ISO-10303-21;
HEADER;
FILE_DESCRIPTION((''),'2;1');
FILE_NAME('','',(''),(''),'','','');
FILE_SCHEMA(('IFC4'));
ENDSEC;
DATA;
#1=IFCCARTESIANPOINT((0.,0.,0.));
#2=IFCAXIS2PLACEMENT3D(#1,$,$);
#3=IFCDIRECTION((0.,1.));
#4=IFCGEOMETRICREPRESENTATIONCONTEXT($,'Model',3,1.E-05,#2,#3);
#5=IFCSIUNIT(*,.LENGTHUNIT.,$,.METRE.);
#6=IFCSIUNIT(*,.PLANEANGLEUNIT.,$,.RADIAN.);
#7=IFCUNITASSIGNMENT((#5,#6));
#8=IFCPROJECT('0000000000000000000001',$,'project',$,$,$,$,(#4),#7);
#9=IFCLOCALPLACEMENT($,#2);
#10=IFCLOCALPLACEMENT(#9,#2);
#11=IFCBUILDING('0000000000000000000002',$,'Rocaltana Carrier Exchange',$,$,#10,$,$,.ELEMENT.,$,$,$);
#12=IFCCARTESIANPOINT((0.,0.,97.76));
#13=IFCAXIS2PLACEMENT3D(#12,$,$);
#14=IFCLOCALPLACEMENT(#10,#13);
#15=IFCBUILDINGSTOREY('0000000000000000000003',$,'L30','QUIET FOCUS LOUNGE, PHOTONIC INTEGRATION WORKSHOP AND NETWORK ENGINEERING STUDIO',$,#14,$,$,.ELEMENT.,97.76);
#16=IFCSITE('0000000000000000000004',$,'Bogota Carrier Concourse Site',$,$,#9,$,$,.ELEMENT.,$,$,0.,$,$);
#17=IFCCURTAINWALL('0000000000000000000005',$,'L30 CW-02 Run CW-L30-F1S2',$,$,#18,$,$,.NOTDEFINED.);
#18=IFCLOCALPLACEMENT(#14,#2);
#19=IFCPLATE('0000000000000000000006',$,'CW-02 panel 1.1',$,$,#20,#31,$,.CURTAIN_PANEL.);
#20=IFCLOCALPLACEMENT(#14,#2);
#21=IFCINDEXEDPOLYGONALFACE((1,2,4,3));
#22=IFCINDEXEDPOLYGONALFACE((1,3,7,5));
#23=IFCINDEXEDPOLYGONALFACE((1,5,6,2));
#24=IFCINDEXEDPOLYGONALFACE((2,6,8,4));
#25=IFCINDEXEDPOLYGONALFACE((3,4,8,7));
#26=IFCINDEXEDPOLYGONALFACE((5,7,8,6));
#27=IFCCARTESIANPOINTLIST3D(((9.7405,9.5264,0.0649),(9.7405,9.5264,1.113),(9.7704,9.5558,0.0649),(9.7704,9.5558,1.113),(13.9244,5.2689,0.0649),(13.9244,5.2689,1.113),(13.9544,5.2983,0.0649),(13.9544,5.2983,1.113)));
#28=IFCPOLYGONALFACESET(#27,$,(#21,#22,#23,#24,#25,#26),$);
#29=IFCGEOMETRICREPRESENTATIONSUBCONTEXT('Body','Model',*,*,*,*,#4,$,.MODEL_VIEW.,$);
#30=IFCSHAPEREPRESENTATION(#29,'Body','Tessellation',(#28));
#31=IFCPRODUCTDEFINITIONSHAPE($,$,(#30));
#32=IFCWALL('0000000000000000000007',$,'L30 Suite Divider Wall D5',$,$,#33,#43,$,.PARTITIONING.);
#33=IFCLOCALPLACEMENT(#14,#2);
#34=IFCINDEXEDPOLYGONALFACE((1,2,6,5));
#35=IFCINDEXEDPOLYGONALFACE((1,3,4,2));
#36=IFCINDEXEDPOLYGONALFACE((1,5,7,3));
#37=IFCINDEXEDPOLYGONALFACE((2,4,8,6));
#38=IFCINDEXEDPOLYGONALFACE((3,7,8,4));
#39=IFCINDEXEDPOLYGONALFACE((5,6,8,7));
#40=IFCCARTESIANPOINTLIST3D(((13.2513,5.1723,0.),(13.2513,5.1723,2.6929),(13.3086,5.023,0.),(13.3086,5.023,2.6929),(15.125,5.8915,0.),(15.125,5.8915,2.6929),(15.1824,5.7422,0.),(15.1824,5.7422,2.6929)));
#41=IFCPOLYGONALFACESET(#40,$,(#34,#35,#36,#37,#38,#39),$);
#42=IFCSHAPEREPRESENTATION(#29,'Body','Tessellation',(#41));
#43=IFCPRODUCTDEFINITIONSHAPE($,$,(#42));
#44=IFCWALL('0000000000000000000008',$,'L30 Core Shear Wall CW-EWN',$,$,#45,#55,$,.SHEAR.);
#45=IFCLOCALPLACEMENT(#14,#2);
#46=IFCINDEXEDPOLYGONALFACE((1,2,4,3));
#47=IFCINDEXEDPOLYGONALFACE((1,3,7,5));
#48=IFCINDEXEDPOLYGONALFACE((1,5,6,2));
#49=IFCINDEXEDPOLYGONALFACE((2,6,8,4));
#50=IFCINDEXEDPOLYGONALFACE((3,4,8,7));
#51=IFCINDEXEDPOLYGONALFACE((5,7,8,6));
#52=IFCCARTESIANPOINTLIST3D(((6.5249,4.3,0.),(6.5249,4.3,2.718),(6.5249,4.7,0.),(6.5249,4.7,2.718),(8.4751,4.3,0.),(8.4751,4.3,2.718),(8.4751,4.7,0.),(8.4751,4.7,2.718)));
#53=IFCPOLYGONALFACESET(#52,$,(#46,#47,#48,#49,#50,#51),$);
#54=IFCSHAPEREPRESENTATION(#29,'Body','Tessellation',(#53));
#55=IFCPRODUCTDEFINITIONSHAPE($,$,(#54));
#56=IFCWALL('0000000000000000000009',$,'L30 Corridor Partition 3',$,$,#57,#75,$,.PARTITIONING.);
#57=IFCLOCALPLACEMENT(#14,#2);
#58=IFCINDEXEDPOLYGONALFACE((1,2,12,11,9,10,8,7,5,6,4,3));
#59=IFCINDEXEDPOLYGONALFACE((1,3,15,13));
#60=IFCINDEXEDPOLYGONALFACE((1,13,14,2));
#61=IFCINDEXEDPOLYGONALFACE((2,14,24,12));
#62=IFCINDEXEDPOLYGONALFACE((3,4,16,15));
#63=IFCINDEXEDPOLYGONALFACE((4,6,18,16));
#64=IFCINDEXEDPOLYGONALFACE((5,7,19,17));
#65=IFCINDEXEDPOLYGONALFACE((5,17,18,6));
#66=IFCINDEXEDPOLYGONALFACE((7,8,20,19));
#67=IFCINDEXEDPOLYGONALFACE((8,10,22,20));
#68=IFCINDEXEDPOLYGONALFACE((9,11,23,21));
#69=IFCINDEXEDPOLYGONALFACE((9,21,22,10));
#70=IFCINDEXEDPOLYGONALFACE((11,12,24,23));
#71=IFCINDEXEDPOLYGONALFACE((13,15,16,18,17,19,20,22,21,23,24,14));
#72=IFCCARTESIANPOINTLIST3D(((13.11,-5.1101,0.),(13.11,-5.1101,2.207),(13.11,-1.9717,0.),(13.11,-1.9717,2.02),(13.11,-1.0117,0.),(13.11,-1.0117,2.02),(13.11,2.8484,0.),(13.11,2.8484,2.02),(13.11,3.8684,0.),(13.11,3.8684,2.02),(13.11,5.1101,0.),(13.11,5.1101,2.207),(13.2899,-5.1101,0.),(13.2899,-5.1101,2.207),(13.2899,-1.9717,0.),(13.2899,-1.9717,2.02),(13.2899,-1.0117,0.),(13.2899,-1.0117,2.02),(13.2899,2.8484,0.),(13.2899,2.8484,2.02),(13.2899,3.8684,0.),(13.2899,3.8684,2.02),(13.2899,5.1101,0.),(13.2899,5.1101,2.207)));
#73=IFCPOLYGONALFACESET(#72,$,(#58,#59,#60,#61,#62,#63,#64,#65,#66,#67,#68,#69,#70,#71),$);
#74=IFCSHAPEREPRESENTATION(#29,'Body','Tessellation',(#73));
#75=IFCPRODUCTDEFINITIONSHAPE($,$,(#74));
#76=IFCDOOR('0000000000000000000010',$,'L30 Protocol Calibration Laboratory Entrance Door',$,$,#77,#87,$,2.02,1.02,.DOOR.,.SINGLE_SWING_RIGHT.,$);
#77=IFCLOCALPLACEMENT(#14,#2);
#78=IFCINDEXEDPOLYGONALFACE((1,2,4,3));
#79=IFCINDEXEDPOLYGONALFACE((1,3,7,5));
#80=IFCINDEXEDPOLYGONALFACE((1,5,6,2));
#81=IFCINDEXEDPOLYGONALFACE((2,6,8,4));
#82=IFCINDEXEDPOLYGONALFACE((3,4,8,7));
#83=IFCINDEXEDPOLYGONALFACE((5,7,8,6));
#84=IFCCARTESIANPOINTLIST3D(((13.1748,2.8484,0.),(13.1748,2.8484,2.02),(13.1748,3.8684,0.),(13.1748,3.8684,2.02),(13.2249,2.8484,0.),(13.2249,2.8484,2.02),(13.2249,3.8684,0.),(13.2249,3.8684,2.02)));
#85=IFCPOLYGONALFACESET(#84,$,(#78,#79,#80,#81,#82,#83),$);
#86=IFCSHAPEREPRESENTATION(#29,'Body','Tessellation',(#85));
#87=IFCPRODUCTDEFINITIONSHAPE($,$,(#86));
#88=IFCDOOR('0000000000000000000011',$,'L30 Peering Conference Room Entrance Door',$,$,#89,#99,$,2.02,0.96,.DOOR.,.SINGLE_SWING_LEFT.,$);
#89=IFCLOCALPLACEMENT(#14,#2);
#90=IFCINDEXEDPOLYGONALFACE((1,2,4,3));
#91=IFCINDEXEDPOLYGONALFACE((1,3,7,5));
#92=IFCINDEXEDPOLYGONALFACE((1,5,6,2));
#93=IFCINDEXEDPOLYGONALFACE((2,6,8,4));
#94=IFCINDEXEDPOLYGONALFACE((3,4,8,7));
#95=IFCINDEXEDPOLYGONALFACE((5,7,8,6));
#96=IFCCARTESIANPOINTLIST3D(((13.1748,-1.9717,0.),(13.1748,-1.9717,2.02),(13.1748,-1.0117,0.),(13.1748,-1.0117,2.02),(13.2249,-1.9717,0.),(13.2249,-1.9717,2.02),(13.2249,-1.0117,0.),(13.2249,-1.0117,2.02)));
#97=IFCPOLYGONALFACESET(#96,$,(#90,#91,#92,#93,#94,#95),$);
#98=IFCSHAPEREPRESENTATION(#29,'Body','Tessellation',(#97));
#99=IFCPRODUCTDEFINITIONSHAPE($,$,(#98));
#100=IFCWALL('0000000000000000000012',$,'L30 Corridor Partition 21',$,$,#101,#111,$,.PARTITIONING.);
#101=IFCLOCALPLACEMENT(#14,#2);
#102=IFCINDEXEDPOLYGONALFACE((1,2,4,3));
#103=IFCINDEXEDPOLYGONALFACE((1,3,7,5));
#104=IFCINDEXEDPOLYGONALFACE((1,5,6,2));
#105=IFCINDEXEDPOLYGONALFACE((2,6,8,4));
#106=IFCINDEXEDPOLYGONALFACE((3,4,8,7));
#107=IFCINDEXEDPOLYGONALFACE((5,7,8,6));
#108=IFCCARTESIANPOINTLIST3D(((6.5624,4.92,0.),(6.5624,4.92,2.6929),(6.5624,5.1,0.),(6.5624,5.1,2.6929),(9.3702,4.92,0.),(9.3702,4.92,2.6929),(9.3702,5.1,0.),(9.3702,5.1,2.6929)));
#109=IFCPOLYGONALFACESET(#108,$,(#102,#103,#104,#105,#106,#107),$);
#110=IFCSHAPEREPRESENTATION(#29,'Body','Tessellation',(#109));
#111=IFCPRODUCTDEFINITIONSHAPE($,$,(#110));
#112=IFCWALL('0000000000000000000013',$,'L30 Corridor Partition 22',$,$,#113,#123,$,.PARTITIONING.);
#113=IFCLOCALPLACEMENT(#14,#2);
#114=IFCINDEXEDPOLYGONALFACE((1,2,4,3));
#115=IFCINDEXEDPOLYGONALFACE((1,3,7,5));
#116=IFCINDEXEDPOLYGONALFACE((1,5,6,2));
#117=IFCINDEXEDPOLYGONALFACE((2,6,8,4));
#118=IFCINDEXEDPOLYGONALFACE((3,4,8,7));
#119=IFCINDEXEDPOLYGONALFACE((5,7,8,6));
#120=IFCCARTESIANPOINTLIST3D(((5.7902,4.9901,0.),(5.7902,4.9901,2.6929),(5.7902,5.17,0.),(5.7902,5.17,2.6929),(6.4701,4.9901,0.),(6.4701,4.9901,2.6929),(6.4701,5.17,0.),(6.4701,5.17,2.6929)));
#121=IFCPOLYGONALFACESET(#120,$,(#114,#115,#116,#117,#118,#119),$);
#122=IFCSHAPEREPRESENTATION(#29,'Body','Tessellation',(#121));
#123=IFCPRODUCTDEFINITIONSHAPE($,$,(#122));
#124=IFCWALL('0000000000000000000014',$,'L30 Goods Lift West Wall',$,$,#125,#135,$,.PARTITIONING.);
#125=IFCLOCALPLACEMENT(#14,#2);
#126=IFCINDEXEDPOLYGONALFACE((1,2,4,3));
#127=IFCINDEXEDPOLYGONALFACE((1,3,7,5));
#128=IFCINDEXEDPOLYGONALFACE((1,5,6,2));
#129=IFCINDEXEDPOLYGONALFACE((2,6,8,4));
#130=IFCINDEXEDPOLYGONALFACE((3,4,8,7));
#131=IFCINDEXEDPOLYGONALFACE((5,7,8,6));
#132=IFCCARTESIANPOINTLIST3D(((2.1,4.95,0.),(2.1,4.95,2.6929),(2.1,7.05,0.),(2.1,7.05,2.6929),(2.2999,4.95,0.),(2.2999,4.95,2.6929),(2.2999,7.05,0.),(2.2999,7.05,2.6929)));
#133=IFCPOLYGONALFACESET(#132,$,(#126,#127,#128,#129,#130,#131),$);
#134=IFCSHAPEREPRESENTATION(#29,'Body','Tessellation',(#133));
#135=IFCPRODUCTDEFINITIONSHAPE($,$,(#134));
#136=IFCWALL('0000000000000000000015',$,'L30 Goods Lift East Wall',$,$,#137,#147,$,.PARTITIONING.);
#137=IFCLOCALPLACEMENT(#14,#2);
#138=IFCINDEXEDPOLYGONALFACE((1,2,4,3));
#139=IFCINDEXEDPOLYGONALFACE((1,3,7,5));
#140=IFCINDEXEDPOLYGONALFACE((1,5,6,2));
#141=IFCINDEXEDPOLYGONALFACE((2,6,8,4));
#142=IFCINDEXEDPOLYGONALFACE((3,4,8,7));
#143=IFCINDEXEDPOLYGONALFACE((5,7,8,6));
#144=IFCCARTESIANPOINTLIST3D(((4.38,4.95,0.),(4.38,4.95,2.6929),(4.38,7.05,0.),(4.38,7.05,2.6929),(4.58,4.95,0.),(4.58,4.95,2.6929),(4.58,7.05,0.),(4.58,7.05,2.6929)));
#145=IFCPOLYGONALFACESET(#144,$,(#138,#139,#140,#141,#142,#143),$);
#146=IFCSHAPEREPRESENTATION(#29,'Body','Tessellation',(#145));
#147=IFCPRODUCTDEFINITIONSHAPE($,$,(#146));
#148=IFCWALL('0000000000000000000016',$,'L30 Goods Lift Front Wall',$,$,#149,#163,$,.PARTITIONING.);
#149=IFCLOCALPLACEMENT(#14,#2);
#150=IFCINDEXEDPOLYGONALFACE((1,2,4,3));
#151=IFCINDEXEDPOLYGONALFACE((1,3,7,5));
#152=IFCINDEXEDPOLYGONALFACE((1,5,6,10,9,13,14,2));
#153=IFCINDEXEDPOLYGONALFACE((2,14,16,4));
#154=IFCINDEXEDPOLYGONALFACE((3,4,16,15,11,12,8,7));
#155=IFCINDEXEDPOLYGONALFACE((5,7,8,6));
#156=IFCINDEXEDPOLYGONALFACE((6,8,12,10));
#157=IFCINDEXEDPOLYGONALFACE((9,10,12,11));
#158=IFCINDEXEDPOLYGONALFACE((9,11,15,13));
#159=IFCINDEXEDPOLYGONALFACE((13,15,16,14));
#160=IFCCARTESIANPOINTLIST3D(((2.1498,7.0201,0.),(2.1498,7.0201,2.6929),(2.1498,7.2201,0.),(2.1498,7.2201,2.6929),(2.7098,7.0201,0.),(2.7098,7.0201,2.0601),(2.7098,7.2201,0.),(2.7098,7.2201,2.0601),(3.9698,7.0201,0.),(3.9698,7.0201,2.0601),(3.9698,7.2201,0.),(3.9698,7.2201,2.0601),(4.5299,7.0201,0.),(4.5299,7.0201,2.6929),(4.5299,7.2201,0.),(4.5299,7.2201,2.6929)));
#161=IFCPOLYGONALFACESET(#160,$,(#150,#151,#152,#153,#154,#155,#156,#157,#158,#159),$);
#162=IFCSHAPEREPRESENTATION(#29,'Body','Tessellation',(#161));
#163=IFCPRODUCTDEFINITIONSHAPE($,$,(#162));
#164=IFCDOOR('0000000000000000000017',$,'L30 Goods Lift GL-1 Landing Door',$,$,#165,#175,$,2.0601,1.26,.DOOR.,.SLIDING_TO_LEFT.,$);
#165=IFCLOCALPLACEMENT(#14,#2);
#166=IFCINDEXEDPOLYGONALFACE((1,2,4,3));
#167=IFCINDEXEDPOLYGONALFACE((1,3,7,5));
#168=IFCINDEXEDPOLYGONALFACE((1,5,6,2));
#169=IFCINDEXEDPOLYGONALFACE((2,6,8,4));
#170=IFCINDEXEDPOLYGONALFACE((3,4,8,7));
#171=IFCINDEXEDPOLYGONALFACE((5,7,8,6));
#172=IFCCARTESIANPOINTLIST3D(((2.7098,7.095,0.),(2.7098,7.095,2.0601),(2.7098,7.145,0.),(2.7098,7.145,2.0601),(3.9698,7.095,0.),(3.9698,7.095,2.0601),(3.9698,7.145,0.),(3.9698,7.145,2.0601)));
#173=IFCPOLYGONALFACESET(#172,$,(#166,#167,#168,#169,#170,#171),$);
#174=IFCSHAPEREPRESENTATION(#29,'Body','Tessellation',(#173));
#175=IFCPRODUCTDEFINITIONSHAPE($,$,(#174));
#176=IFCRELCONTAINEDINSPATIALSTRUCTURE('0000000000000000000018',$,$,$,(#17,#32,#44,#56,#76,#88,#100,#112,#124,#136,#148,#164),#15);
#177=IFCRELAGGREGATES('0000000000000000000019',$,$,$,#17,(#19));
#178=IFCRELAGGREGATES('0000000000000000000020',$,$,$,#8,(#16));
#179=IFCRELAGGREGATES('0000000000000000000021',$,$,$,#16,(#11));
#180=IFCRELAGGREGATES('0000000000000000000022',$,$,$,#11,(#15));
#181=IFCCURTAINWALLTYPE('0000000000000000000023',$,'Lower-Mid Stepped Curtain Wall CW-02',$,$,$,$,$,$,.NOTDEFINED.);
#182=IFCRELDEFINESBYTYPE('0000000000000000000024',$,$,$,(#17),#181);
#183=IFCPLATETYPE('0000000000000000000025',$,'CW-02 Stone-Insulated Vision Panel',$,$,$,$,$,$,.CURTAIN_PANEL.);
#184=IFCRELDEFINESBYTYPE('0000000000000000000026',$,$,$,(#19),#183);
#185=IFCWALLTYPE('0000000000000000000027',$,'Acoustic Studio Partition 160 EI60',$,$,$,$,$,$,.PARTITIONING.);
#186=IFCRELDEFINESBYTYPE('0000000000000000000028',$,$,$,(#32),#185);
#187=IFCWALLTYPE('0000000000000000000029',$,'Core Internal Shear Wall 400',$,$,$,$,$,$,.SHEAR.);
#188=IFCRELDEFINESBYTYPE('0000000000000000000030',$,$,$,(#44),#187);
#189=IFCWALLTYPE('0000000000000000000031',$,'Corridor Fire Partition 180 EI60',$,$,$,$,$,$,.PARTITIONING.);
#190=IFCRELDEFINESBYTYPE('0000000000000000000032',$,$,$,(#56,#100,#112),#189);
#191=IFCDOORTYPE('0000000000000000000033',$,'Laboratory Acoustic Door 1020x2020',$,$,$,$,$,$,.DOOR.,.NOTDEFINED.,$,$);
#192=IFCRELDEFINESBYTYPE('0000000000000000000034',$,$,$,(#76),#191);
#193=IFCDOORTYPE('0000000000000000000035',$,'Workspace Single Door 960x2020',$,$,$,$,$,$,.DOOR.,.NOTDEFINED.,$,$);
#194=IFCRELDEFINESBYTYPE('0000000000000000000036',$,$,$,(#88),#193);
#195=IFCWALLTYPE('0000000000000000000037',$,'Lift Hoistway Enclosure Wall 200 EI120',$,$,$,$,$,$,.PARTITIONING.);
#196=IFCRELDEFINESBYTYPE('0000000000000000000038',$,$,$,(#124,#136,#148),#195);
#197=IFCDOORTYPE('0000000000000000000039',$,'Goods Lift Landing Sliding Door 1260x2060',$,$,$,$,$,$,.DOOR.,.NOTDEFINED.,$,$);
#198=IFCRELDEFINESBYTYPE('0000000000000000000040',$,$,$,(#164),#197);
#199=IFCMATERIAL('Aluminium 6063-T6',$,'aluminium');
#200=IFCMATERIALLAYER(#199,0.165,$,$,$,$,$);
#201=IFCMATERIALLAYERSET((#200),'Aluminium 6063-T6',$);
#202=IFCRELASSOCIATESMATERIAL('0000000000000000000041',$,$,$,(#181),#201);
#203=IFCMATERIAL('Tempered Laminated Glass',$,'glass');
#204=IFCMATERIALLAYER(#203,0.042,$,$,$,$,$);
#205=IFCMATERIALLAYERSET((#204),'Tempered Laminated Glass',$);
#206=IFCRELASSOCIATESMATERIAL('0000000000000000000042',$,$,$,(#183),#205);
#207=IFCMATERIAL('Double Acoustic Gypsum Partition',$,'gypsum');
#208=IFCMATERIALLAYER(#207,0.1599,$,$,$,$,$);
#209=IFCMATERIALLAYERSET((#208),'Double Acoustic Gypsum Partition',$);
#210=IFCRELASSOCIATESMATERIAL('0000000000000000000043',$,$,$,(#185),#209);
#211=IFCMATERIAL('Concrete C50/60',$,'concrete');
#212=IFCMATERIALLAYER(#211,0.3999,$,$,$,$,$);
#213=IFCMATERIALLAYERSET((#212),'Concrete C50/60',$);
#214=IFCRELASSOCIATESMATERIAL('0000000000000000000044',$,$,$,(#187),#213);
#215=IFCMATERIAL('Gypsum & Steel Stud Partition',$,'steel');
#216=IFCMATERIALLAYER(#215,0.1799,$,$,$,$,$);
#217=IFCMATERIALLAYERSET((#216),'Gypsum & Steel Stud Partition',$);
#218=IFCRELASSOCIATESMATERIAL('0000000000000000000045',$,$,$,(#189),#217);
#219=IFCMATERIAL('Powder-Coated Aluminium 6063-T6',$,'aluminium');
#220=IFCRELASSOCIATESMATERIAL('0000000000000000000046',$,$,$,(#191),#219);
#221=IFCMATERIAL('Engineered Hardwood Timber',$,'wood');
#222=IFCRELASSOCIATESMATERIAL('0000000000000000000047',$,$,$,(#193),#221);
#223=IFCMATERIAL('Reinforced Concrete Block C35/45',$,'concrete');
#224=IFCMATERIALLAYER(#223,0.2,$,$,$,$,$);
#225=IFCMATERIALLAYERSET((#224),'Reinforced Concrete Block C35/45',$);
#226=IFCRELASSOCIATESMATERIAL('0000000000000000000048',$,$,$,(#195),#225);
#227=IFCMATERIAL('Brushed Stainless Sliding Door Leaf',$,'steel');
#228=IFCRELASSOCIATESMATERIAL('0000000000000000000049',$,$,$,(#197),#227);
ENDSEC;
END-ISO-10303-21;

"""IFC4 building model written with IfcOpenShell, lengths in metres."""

from ifc_helpers import new_model, si_unit, direction, frame, frame_2d, origin, origin_2d, place, context, subcontext, project, spatial, rectangle, extrude, material, layer, layer_set, type_object, element, fill, aggregate, save


model = new_model("IFC4")

# Units and contexts
model_context = context("Model", 3, precision=1e-05, world=origin(), true_north=direction((0.0, 1.0)))
body_context = subcontext(model_context, "Body", "Model", "MODEL_VIEW")
ifc_project = project(units=[si_unit("LENGTHUNIT", "METRE"), si_unit("PLANEANGLEUNIT", "RADIAN")], contexts=[model_context])

# Site, building, storey
site_placement = place(None, origin())
site = spatial("IfcSite", under=ifc_project, at=site_placement, Name="Bogota Carrier Concourse Site", CompositionType="ELEMENT", RefElevation=0.0)
building_placement = place(site_placement, origin())
building = spatial("IfcBuilding", under=site, at=building_placement, Name="Rocaltana Carrier Exchange", CompositionType="ELEMENT")
storey_placement = place(building_placement, frame((0.0, 0.0, 97.76)))
storey = spatial("IfcBuildingStorey", under=building, at=storey_placement, Name="L30", Description="QUIET FOCUS LOUNGE, PHOTONIC INTEGRATION WORKSHOP AND NETWORK ENGINEERING STUDIO", CompositionType="ELEMENT", Elevation=97.76)

# Curtain wall
ifc_material_1 = material(Name="Aluminium 6063-T6", Category="aluminium")
ifc_layer_1 = layer(ifc_material_1, 0.165)
ifc_layer_set_1 = layer_set([ifc_layer_1], Name="Aluminium 6063-T6")
curtain_wall_type = type_object("IfcCurtainWallType", Name="Lower-Mid Stepped Curtain Wall CW-02", PredefinedType="NOTDEFINED", material=ifc_layer_set_1)
curtain_wall_placement = place(storey_placement, origin())
curtain_wall = element("IfcCurtainWall", 1, at=curtain_wall_placement, inside=storey, type_object=curtain_wall_type, Name="L30 CW-02 Run CW-L30-F1S2", PredefinedType="NOTDEFINED")

# Plate
ifc_material_2 = material(Name="Tempered Laminated Glass", Category="glass")
ifc_layer_2 = layer(ifc_material_2, 0.042)
ifc_layer_set_2 = layer_set([ifc_layer_2], Name="Tempered Laminated Glass")
plate_type = type_object("IfcPlateType", Name="CW-02 Stone-Insulated Vision Panel", PredefinedType="CURTAIN_PANEL", material=ifc_layer_set_2)
plate_placement = place(storey_placement, frame((11.8474, 7.4124, 0.0649), z_axis=(0.0, 0.0, 1.0), x_axis=(-0.700915, 0.713245, 0.0)))
plate = element("IfcPlate", 2, at=plate_placement, type_object=plate_type, Name="CW-02 panel 1.1", PredefinedType="CURTAIN_PANEL", context=body_context, shape_type="SweptSolid", body=[
    extrude(rectangle(XDim=5.9692, YDim=0.042, at=origin_2d()), origin(), (0.0, 0.0, 1.0), 1.0481),
])
aggregate(curtain_wall, [plate])

# Walls
ifc_material_3 = material(Name="Double Acoustic Gypsum Partition", Category="gypsum")
ifc_layer_3 = layer(ifc_material_3, 0.1599)
ifc_layer_set_3 = layer_set([ifc_layer_3], Name="Double Acoustic Gypsum Partition")
wall_type_1 = type_object("IfcWallType", Name="Acoustic Studio Partition 160 EI60", PredefinedType="PARTITIONING", material=ifc_layer_set_3)
wall_1_placement = place(storey_placement, frame((13.28, 5.0977, 0.0), z_axis=(0.0, 0.0, 1.0), x_axis=(0.933587, 0.358351, 0.0)))
element("IfcWall", 3, at=wall_1_placement, inside=storey, type_object=wall_type_1, Name="L30 Suite Divider Wall D5", PredefinedType="PARTITIONING", context=body_context, shape_type="SweptSolid", body=[
    extrude(rectangle(XDim=2.0071, YDim=0.1599, at=frame_2d((1.0034, 0.0))), origin(), (0.0, 0.0, 1.0), 2.6929),
])
ifc_material_4 = material(Name="Concrete C50/60", Category="concrete")
ifc_layer_4 = layer(ifc_material_4, 0.3999)
ifc_layer_set_4 = layer_set([ifc_layer_4], Name="Concrete C50/60")
wall_type_2 = type_object("IfcWallType", Name="Core Internal Shear Wall 400", PredefinedType="SHEAR", material=ifc_layer_set_4)
wall_2_placement = place(storey_placement, frame((6.5249, 4.5, 0.0), z_axis=(0.0, 0.0, 1.0), x_axis=(1.0, 0.0, 0.0)))
element("IfcWall", 4, at=wall_2_placement, inside=storey, type_object=wall_type_2, Name="L30 Core Shear Wall CW-EWN", PredefinedType="SHEAR", context=body_context, shape_type="SweptSolid", body=[
    extrude(rectangle(XDim=1.9502, YDim=0.3999, at=frame_2d((0.9751, 0.0))), origin(), (0.0, 0.0, 1.0), 2.718),
])

# Wall, openings, doors
ifc_material_5 = material(Name="Gypsum & Steel Stud Partition", Category="steel")
ifc_layer_5 = layer(ifc_material_5, 0.1799)
ifc_layer_set_5 = layer_set([ifc_layer_5], Name="Gypsum & Steel Stud Partition")
wall_type_3 = type_object("IfcWallType", Name="Corridor Fire Partition 180 EI60", PredefinedType="PARTITIONING", material=ifc_layer_set_5)
wall_3_placement = place(storey_placement, frame((13.2, 5.1101, 0.0), z_axis=(0.0, 0.0, 1.0), x_axis=(0.0, -1.0, 0.0)))
wall_3 = element("IfcWall", 5, at=wall_3_placement, inside=storey, type_object=wall_type_3, Name="L30 Corridor Partition 3", PredefinedType="PARTITIONING", context=body_context, shape_type="SweptSolid", body=[
    extrude(rectangle(XDim=10.2202, YDim=0.1799, at=frame_2d((5.1101, 0.0))), origin(), (0.0, 0.0, 1.0), 2.207),
])
opening_1_placement = place(wall_3_placement, frame((6.1218, 0.0, 0.0)))
opening_1 = element("IfcOpeningElement", 6, at=opening_1_placement, cuts=wall_3, PredefinedType="OPENING", context=body_context, shape_type="SweptSolid", body=[
    extrude(rectangle(XDim=0.96, YDim=2.02, at=frame_2d((0.48, 1.01))), frame((0.0, 0.0999, 0.0), z_axis=(0.0, -1.0, 0.0), x_axis=(1.0, 0.0, 0.0)), (0.0, 0.0, 1.0), 0.2),
])
opening_2_placement = place(wall_3_placement, frame((1.2417, 0.0, 0.0)))
opening_2 = element("IfcOpeningElement", 7, at=opening_2_placement, cuts=wall_3, PredefinedType="OPENING", context=body_context, shape_type="SweptSolid", body=[
    extrude(rectangle(XDim=1.02, YDim=2.02, at=frame_2d((0.51, 1.01))), frame((0.0, 0.0999, 0.0), z_axis=(0.0, -1.0, 0.0), x_axis=(1.0, 0.0, 0.0)), (0.0, 0.0, 1.0), 0.2),
])
ifc_material_6 = material(Name="Powder-Coated Aluminium 6063-T6", Category="aluminium")
door_type_1 = type_object("IfcDoorType", Name="Laboratory Acoustic Door 1020x2020", OperationType="NOTDEFINED", PredefinedType="DOOR", material=ifc_material_6)
door_1_placement = place(opening_2_placement, origin())
door_1 = element("IfcDoor", 8, at=door_1_placement, inside=storey, type_object=door_type_1, Name="L30 Protocol Calibration Laboratory Entrance Door", OperationType="SINGLE_SWING_RIGHT", OverallHeight=2.02, OverallWidth=1.02, PredefinedType="DOOR", context=body_context, shape_type="SweptSolid", body=[
    extrude(rectangle(XDim=1.02, YDim=2.02, at=frame_2d((0.51, 1.01))), frame((0.0, 0.0249, 0.0), z_axis=(0.0, -1.0, 0.0), x_axis=(1.0, 0.0, 0.0)), (0.0, 0.0, 1.0), 0.05),
])
fill(opening_2, door_1)
ifc_material_7 = material(Name="Engineered Hardwood Timber", Category="wood")
door_type_2 = type_object("IfcDoorType", Name="Workspace Single Door 960x2020", OperationType="NOTDEFINED", PredefinedType="DOOR", material=ifc_material_7)
door_2_placement = place(opening_1_placement, origin())
door_2 = element("IfcDoor", 9, at=door_2_placement, inside=storey, type_object=door_type_2, Name="L30 Peering Conference Room Entrance Door", OperationType="SINGLE_SWING_LEFT", OverallHeight=2.02, OverallWidth=0.96, PredefinedType="DOOR", context=body_context, shape_type="SweptSolid", body=[
    extrude(rectangle(XDim=0.96, YDim=2.02, at=frame_2d((0.48, 1.01))), frame((0.0, 0.0249, 0.0), z_axis=(0.0, -1.0, 0.0), x_axis=(1.0, 0.0, 0.0)), (0.0, 0.0, 1.0), 0.05),
])
fill(opening_1, door_2)

# Walls
wall_4_placement = place(storey_placement, frame((9.3701, 5.01, 0.0), z_axis=(0.0, 0.0, 1.0), x_axis=(-1.0, 0.0, 0.0)))
element("IfcWall", 10, at=wall_4_placement, inside=storey, type_object=wall_type_3, Name="L30 Corridor Partition 21", PredefinedType="PARTITIONING", context=body_context, shape_type="SweptSolid", body=[
    extrude(rectangle(XDim=2.8079, YDim=0.1799, at=frame_2d((1.4038, 0.0))), origin(), (0.0, 0.0, 1.0), 2.6929),
])
wall_5_placement = place(storey_placement, frame((6.47, 5.0801, 0.0), z_axis=(0.0, 0.0, 1.0), x_axis=(-1.0, 0.0, 0.0)))
element("IfcWall", 11, at=wall_5_placement, inside=storey, type_object=wall_type_3, Name="L30 Corridor Partition 22", PredefinedType="PARTITIONING", context=body_context, shape_type="SweptSolid", body=[
    extrude(rectangle(XDim=0.6799, YDim=0.1799, at=frame_2d((0.3398, 0.0))), origin(), (0.0, 0.0, 1.0), 2.6929),
])
ifc_material_8 = material(Name="Reinforced Concrete Block C35/45", Category="concrete")
ifc_layer_6 = layer(ifc_material_8, 0.2)
ifc_layer_set_6 = layer_set([ifc_layer_6], Name="Reinforced Concrete Block C35/45")
wall_type_4 = type_object("IfcWallType", Name="Lift Hoistway Enclosure Wall 200 EI120", PredefinedType="PARTITIONING", material=ifc_layer_set_6)
for number, where, z_axis, x_axis, name in (
    (12, (2.2, 4.95, 0.0), (0.0, 0.0, 1.0), (0.0, 1.0, 0.0), "L30 Goods Lift West Wall"),
    (13, (4.48, 4.95, 0.0), (0.0, 0.0, 1.0), (0.0, 1.0, 0.0), "L30 Goods Lift East Wall"),
):
    element("IfcWall", number, at=place(storey_placement, frame(where, z_axis=z_axis, x_axis=x_axis)), inside=storey, type_object=wall_type_4, Name=name, PredefinedType="PARTITIONING", context=body_context, shape_type="SweptSolid", body=[
        extrude(rectangle(XDim=2.1001, YDim=0.2, at=frame_2d((1.05, 0.0))), origin(), (0.0, 0.0, 1.0), 2.6929),
    ])

# Wall, opening, door
wall_6_placement = place(storey_placement, frame((2.1499, 7.1201, 0.0), z_axis=(0.0, 0.0, 1.0), x_axis=(1.0, 0.0, 0.0)))
wall_6 = element("IfcWall", 14, at=wall_6_placement, inside=storey, type_object=wall_type_4, Name="L30 Goods Lift Front Wall", PredefinedType="PARTITIONING", context=body_context, shape_type="SweptSolid", body=[
    extrude(rectangle(XDim=2.3801, YDim=0.2, at=frame_2d((1.1899, 0.0))), origin(), (0.0, 0.0, 1.0), 2.6929),
])
opening_3_placement = place(wall_6_placement, frame((0.5601, 0.0, 0.0)))
opening_3 = element("IfcOpeningElement", 15, at=opening_3_placement, cuts=wall_6, PredefinedType="OPENING", context=body_context, shape_type="SweptSolid", body=[
    extrude(rectangle(XDim=1.26, YDim=2.0601, at=frame_2d((0.6299, 1.03))), frame((0.0, 0.1099, 0.0), z_axis=(0.0, -1.0, 0.0), x_axis=(1.0, 0.0, 0.0)), (0.0, 0.0, 1.0), 0.22),
])
ifc_material_9 = material(Name="Brushed Stainless Sliding Door Leaf", Category="steel")
door_type_3 = type_object("IfcDoorType", Name="Goods Lift Landing Sliding Door 1260x2060", OperationType="NOTDEFINED", PredefinedType="DOOR", material=ifc_material_9)
door_3_placement = place(opening_3_placement, origin())
door_3 = element("IfcDoor", 16, at=door_3_placement, inside=storey, type_object=door_type_3, Name="L30 Goods Lift GL-1 Landing Door", OperationType="SLIDING_TO_LEFT", OverallHeight=2.0601, OverallWidth=1.26, PredefinedType="DOOR", context=body_context, shape_type="SweptSolid", body=[
    extrude(rectangle(XDim=1.26, YDim=2.0601, at=frame_2d((0.6299, 1.03))), frame((0.0, 0.0249, 0.0), z_axis=(0.0, -1.0, 0.0), x_axis=(1.0, 0.0, 0.0)), (0.0, 0.0, 1.0), 0.05),
])
fill(opening_3, door_3)

save(model, "model.ifc")
